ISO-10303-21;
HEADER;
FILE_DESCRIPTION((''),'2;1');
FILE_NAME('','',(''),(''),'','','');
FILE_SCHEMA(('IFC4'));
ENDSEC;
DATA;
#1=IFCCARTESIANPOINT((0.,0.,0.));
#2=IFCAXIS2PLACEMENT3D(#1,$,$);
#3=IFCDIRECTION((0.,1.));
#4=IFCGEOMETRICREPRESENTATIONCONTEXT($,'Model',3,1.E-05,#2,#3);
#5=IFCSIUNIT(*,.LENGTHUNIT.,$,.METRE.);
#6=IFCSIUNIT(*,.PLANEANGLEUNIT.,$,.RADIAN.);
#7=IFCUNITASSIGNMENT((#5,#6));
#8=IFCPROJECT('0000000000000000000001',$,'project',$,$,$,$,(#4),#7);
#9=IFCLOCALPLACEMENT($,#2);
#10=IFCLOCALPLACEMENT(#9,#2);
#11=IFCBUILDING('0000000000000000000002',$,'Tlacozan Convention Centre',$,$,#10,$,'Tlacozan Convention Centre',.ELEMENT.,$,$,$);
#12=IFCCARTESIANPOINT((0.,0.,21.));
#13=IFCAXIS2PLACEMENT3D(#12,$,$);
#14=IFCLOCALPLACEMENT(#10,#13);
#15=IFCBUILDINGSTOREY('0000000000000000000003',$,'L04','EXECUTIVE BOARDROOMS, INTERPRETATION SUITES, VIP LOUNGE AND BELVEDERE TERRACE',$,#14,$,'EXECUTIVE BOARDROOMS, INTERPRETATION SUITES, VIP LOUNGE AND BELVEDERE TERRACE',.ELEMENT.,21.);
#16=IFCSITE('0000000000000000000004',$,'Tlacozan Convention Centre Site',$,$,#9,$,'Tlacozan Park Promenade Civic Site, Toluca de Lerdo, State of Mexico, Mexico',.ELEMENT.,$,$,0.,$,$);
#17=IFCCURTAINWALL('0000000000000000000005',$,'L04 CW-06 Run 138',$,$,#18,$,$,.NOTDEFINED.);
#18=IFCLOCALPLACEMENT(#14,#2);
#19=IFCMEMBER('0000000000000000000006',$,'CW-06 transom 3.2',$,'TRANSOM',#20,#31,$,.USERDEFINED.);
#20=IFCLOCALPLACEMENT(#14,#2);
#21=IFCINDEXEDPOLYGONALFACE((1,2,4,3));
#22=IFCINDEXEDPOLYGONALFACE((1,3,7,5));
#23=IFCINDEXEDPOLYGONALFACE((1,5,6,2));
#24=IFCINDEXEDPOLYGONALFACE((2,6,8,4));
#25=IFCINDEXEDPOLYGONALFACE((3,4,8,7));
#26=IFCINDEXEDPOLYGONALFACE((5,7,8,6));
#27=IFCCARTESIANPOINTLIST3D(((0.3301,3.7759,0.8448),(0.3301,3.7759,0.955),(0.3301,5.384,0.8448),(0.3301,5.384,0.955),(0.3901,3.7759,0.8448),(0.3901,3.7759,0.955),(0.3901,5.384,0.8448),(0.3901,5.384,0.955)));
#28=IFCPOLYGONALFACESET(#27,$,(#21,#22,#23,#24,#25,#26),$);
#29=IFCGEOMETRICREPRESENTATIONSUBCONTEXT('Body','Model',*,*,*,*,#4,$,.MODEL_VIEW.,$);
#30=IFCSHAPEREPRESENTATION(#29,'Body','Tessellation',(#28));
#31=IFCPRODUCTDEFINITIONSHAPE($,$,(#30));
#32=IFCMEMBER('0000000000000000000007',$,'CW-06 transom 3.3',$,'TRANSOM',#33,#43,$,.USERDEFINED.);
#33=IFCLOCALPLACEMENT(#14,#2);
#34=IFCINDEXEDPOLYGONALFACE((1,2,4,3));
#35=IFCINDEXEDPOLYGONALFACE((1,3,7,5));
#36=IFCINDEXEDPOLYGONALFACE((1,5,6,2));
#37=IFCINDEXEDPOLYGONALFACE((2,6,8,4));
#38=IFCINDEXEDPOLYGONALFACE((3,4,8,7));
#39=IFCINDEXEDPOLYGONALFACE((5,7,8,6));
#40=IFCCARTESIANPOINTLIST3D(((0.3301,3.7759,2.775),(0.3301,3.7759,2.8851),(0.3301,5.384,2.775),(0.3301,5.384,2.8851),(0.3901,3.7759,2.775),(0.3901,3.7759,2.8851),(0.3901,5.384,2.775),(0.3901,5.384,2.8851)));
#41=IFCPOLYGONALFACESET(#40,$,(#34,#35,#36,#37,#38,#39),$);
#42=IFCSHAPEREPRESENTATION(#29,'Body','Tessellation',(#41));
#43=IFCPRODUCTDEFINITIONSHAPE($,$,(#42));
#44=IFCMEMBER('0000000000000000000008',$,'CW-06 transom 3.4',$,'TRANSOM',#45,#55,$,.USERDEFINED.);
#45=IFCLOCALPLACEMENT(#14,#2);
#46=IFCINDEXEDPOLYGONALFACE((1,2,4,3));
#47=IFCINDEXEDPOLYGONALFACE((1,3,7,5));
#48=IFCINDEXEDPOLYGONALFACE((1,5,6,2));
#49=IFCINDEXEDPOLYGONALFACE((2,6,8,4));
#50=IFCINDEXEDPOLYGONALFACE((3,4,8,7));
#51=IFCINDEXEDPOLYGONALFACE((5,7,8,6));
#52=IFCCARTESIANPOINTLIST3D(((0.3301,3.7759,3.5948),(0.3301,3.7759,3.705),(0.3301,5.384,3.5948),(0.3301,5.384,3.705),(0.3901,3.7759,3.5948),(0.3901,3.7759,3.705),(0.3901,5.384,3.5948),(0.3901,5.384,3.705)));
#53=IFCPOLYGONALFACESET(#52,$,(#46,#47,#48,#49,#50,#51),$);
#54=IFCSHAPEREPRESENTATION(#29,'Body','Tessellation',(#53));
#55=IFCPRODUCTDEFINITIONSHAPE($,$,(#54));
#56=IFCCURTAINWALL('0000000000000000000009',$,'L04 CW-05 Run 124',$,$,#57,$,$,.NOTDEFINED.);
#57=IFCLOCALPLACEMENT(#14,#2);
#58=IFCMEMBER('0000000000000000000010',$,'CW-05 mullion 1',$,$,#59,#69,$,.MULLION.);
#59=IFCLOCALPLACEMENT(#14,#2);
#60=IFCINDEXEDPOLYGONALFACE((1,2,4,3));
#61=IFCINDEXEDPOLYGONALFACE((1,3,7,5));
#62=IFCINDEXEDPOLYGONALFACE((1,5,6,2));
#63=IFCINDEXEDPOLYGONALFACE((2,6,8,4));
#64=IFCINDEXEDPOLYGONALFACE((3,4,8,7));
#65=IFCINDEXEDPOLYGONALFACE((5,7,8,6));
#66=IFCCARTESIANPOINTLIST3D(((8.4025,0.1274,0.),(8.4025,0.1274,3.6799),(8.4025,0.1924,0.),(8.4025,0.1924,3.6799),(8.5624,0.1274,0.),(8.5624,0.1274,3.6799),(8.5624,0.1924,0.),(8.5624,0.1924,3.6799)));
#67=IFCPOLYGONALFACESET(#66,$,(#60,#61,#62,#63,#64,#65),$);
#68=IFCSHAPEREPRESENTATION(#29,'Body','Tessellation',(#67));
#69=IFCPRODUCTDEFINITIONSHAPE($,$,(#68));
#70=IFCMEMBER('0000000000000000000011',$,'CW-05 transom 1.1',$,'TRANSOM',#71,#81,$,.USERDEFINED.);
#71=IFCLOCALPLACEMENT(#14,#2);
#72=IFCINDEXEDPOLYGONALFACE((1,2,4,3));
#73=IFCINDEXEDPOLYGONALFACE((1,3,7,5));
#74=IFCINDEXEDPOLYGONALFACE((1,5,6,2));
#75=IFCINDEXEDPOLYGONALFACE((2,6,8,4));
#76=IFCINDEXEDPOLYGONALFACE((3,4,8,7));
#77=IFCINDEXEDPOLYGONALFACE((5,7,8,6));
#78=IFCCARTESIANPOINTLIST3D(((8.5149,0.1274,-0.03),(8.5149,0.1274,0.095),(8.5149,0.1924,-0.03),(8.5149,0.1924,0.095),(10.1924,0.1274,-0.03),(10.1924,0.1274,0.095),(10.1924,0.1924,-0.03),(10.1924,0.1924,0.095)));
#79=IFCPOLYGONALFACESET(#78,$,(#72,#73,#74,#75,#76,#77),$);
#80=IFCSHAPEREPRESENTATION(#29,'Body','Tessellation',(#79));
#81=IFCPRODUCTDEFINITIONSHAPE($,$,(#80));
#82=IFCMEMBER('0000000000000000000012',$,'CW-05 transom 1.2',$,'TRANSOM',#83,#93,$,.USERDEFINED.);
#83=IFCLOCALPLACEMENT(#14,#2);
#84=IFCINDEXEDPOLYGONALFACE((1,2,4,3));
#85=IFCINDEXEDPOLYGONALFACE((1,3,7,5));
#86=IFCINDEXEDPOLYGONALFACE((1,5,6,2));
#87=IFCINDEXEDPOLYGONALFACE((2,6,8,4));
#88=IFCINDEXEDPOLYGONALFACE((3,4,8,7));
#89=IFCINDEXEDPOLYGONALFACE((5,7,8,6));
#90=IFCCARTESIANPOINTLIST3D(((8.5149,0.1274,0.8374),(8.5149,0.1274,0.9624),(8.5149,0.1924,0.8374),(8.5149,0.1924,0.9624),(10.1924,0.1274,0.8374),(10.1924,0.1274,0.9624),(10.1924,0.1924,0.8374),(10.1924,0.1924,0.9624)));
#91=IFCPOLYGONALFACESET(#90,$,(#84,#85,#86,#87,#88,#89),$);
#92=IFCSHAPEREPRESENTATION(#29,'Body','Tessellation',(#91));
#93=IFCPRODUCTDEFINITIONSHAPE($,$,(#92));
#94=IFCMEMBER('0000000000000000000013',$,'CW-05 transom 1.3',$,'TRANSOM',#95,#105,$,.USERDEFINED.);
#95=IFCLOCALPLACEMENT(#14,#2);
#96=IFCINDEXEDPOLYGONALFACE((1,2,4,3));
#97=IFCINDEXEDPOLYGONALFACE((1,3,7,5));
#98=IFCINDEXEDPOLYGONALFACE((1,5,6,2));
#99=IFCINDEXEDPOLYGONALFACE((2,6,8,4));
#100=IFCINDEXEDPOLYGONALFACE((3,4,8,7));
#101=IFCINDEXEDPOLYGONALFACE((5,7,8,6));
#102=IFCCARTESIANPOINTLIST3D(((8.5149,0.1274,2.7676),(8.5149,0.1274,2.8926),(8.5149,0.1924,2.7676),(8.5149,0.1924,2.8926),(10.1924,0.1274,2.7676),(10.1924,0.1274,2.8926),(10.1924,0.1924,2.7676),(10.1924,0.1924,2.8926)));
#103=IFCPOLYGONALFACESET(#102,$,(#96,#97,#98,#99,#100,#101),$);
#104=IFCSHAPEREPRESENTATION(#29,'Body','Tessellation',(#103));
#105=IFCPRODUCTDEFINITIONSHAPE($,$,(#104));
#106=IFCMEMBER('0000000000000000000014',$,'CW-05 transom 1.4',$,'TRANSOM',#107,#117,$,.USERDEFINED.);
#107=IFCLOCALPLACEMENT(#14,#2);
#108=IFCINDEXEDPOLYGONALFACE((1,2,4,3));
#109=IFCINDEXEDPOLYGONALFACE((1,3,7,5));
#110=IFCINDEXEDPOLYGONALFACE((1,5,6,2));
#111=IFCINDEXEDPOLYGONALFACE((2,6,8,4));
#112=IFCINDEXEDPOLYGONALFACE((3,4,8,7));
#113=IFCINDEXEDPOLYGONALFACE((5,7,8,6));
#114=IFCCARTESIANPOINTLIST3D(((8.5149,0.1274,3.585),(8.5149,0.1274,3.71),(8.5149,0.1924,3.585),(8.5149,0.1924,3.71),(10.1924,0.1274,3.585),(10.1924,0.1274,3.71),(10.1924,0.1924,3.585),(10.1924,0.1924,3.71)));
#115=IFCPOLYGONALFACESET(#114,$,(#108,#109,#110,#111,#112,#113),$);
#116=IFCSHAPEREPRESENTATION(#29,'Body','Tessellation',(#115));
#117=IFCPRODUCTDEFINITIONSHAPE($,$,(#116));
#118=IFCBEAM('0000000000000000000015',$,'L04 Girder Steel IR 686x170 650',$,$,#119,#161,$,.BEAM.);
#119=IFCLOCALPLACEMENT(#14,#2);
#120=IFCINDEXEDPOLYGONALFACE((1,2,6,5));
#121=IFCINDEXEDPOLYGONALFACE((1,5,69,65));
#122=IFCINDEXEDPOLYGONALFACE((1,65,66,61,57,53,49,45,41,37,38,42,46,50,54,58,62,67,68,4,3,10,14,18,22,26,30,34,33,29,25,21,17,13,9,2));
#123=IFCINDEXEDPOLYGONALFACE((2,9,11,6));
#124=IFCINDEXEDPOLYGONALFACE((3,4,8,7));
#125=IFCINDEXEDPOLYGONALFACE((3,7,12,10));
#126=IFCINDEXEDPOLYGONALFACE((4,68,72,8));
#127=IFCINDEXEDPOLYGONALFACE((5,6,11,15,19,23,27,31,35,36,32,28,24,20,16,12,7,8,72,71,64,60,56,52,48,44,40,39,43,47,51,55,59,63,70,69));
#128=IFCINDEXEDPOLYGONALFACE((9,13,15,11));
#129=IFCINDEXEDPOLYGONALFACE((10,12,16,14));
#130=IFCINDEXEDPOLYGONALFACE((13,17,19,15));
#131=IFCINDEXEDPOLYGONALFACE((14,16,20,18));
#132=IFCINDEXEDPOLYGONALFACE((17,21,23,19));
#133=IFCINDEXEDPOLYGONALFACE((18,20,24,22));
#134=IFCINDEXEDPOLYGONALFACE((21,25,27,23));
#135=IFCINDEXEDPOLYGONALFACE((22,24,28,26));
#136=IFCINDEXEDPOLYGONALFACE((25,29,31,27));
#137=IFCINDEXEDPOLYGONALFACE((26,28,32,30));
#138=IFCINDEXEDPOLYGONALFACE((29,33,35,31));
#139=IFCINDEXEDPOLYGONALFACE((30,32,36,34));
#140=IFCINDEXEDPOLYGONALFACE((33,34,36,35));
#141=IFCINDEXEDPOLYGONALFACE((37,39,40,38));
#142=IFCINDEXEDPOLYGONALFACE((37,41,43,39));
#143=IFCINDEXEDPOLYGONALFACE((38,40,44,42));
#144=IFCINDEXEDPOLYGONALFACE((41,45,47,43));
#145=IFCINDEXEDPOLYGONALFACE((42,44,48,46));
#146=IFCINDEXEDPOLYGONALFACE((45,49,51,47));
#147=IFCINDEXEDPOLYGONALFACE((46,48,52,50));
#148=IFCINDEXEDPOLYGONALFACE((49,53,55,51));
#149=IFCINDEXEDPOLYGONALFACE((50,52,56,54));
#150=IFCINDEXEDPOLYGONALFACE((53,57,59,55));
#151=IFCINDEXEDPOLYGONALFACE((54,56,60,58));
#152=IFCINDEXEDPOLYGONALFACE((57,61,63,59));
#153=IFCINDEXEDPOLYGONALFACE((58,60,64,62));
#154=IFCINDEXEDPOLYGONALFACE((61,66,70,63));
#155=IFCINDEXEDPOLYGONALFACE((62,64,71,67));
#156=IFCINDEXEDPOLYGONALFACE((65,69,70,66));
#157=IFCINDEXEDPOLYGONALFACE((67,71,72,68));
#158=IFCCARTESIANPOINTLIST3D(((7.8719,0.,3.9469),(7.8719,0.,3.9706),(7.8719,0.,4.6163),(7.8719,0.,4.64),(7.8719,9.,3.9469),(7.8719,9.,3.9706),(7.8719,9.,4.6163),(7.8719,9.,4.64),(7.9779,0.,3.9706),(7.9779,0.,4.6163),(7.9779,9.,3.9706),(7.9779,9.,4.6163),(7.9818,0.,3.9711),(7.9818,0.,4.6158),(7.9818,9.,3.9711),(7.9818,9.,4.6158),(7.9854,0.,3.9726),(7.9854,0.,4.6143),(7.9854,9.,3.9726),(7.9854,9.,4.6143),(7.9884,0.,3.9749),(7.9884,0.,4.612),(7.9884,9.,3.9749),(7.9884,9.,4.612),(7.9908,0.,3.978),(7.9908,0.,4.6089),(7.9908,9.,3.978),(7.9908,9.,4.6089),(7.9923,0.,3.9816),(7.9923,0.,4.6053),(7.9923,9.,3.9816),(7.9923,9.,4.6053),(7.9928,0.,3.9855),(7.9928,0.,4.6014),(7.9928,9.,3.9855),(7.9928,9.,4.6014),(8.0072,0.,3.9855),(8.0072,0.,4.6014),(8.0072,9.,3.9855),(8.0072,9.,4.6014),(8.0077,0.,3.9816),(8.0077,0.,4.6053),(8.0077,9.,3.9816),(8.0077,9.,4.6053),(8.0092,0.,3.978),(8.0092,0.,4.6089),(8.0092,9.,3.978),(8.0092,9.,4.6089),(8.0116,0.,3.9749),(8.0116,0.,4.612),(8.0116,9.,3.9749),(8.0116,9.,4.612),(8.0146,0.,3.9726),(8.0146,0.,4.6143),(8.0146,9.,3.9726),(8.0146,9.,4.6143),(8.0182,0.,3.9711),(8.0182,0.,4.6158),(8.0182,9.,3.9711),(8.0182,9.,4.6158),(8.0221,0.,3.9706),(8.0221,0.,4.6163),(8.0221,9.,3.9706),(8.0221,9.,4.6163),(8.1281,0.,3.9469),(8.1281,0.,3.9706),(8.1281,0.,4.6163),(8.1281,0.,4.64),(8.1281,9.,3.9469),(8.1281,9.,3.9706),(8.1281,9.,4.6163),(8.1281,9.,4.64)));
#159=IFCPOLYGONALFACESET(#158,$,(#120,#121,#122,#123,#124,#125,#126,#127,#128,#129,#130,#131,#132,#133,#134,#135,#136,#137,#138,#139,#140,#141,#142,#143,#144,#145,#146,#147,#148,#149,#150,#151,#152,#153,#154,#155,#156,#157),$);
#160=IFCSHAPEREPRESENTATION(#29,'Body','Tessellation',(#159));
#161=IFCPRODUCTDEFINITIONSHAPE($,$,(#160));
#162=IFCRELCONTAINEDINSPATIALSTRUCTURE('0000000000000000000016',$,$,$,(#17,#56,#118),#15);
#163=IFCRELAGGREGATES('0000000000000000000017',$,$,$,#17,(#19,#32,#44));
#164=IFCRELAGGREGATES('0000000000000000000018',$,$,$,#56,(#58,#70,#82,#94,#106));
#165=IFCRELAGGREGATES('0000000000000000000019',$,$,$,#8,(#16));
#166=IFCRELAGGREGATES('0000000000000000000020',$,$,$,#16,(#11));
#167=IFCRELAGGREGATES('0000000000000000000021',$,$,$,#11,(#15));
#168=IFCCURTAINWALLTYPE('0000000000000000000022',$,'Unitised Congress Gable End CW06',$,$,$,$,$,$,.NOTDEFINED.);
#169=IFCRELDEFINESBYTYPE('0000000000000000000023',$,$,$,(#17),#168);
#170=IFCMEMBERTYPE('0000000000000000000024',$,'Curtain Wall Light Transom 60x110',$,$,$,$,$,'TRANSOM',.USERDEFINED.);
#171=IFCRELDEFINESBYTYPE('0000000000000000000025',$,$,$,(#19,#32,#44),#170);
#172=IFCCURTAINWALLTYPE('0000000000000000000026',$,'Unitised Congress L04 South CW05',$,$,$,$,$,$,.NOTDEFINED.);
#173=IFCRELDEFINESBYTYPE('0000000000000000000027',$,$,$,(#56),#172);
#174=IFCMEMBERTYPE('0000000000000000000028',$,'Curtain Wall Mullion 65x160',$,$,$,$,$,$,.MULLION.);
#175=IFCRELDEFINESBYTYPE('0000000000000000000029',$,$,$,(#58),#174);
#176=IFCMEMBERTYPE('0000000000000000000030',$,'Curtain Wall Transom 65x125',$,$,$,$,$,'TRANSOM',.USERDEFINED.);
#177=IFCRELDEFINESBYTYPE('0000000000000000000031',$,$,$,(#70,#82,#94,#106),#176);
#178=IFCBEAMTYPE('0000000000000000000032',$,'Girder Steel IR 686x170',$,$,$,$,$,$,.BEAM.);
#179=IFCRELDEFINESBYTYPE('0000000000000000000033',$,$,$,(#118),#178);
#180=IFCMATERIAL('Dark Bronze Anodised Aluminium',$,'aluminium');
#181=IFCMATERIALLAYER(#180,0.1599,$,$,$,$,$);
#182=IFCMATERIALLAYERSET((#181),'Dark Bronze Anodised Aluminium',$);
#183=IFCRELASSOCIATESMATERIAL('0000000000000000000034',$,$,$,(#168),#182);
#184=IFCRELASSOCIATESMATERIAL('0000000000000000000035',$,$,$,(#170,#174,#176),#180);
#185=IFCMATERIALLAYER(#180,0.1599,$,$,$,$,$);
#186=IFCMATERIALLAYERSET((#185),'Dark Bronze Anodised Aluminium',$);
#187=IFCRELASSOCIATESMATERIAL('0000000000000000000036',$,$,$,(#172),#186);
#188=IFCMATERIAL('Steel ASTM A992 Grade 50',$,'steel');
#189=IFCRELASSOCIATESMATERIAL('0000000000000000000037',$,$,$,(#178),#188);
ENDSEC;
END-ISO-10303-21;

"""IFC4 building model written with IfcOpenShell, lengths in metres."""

from ifc_helpers import new_model, si_unit, direction, frame, origin, origin_2d, place, context, subcontext, project, spatial, rectangle, i_section, extrude, material, layer, layer_set, material_profile, profile_set, type_object, element, aggregate, save


model = new_model("IFC4")

# Units and contexts
model_context = context("Model", 3, precision=1e-05, world=origin(), true_north=direction((0.0, 1.0)))
body_context = subcontext(model_context, "Body", "Model", "MODEL_VIEW")
ifc_project = project(units=[si_unit("LENGTHUNIT", "METRE"), si_unit("PLANEANGLEUNIT", "RADIAN")], contexts=[model_context])

# Site, building, storey
site_placement = place(None, origin())
site = spatial("IfcSite", under=ifc_project, at=site_placement, Name="Tlacozan Convention Centre Site", LongName="Tlacozan Park Promenade Civic Site, Toluca de Lerdo, State of Mexico, Mexico", CompositionType="ELEMENT", RefElevation=0.0)
building_placement = place(site_placement, origin())
building = spatial("IfcBuilding", under=site, at=building_placement, Name="Tlacozan Convention Centre", LongName="Tlacozan Convention Centre", CompositionType="ELEMENT")
storey_placement = place(building_placement, frame((0.0, 0.0, 21.0)))
storey = spatial("IfcBuildingStorey", under=building, at=storey_placement, Name="L04", Description="EXECUTIVE BOARDROOMS, INTERPRETATION SUITES, VIP LOUNGE AND BELVEDERE TERRACE", LongName="EXECUTIVE BOARDROOMS, INTERPRETATION SUITES, VIP LOUNGE AND BELVEDERE TERRACE", CompositionType="ELEMENT", Elevation=21.0)

# Shared definitions
ifc_material_1 = material(Name="Steel ASTM A992 Grade 50", Category="steel")

# Curtain walls, members
ifc_material_2 = material(Name="Dark Bronze Anodised Aluminium", Category="aluminium")
ifc_layer_1 = layer(ifc_material_2, 0.1599)
ifc_layer_set_1 = layer_set([ifc_layer_1], Name="Dark Bronze Anodised Aluminium")
curtain_wall_type_1 = type_object("IfcCurtainWallType", Name="Unitised Congress Gable End CW06", PredefinedType="NOTDEFINED", material=ifc_layer_set_1)
curtain_wall_1_placement = place(storey_placement, origin())
curtain_wall_1 = element("IfcCurtainWall", 1, at=curtain_wall_1_placement, inside=storey, type_object=curtain_wall_type_1, Name="L04 CW-06 Run 138", PredefinedType="NOTDEFINED")
ifc_material_profile_1 = material_profile(ifc_material_2, rectangle(XDim=0.0601, YDim=0.1101, at=origin_2d()), Name="ALU 60x110")
ifc_profile_set_1 = profile_set([ifc_material_profile_1], Name="Dark Bronze Anodised Aluminium")
member_type_1 = type_object("IfcMemberType", Name="Curtain Wall Light Transom 60x110", ElementType="TRANSOM", PredefinedType="USERDEFINED", material=ifc_profile_set_1)
member_1_placement = place(storey_placement, frame((0.3601, 3.7759, 0.8999), z_axis=(0.0, 1.0, 0.0), x_axis=(-1.0, 0.0, 0.0)))
member_1 = element("IfcMember", 2, at=member_1_placement, type_object=member_type_1, Name="CW-06 transom 3.2", ObjectType="TRANSOM", PredefinedType="USERDEFINED", context=body_context, shape_type="SweptSolid", body=[
    extrude(rectangle(XDim=0.0601, YDim=0.1101, at=origin_2d()), origin(), (0.0, 0.0, 1.0), 1.6082),
])
member_2_placement = place(storey_placement, frame((0.3601, 3.7759, 2.8301), z_axis=(0.0, 1.0, 0.0), x_axis=(-1.0, 0.0, 0.0)))
member_2 = element("IfcMember", 3, at=member_2_placement, type_object=member_type_1, Name="CW-06 transom 3.3", ObjectType="TRANSOM", PredefinedType="USERDEFINED", context=body_context, shape_type="SweptSolid", body=[
    extrude(rectangle(XDim=0.0601, YDim=0.1101, at=origin_2d()), origin(), (0.0, 0.0, 1.0), 1.6082),
])
member_3_placement = place(storey_placement, frame((0.3601, 3.7759, 3.6499), z_axis=(0.0, 1.0, 0.0), x_axis=(-1.0, 0.0, 0.0)))
member_3 = element("IfcMember", 4, at=member_3_placement, type_object=member_type_1, Name="CW-06 transom 3.4", ObjectType="TRANSOM", PredefinedType="USERDEFINED", context=body_context, shape_type="SweptSolid", body=[
    extrude(rectangle(XDim=0.0601, YDim=0.1101, at=origin_2d()), origin(), (0.0, 0.0, 1.0), 1.6082),
])
ifc_layer_2 = layer(ifc_material_2, 0.1599)
ifc_layer_set_2 = layer_set([ifc_layer_2], Name="Dark Bronze Anodised Aluminium")
curtain_wall_type_2 = type_object("IfcCurtainWallType", Name="Unitised Congress L04 South CW05", PredefinedType="NOTDEFINED", material=ifc_layer_set_2)
curtain_wall_2_placement = place(storey_placement, origin())
curtain_wall_2 = element("IfcCurtainWall", 5, at=curtain_wall_2_placement, inside=storey, type_object=curtain_wall_type_2, Name="L04 CW-05 Run 124", PredefinedType="NOTDEFINED")
ifc_material_profile_2 = material_profile(ifc_material_2, rectangle(XDim=0.0649, YDim=0.1599, at=origin_2d()), Name="ALU 65x160")
ifc_profile_set_2 = profile_set([ifc_material_profile_2], Name="Dark Bronze Anodised Aluminium")
member_type_2 = type_object("IfcMemberType", Name="Curtain Wall Mullion 65x160", PredefinedType="MULLION", material=ifc_profile_set_2)
member_4_placement = place(storey_placement, frame((8.4824, 0.1599, 0.0), z_axis=(0.0, 0.0, 1.0), x_axis=(0.0, 1.0, 0.0)))
member_4 = element("IfcMember", 6, at=member_4_placement, type_object=member_type_2, Name="CW-05 mullion 1", PredefinedType="MULLION", context=body_context, shape_type="SweptSolid", body=[
    extrude(rectangle(XDim=0.0649, YDim=0.1599, at=origin_2d()), origin(), (0.0, 0.0, 1.0), 3.6799),
])
ifc_material_profile_3 = material_profile(ifc_material_2, rectangle(XDim=0.0649, YDim=0.125, at=origin_2d()), Name="ALU 65x125")
ifc_profile_set_3 = profile_set([ifc_material_profile_3], Name="Dark Bronze Anodised Aluminium")
member_type_3 = type_object("IfcMemberType", Name="Curtain Wall Transom 65x125", ElementType="TRANSOM", PredefinedType="USERDEFINED", material=ifc_profile_set_3)
member_5_placement = place(storey_placement, frame((8.5149, 0.1599, 0.0325), z_axis=(1.0, 0.0, 0.0), x_axis=(0.0, 1.0, 0.0)))
member_5 = element("IfcMember", 7, at=member_5_placement, type_object=member_type_3, Name="CW-05 transom 1.1", ObjectType="TRANSOM", PredefinedType="USERDEFINED", context=body_context, shape_type="SweptSolid", body=[
    extrude(rectangle(XDim=0.0649, YDim=0.125, at=origin_2d()), origin(), (0.0, 0.0, 1.0), 1.6775),
])
member_6_placement = place(storey_placement, frame((8.5149, 0.1599, 0.8999), z_axis=(1.0, 0.0, 0.0), x_axis=(0.0, 1.0, 0.0)))
member_6 = element("IfcMember", 8, at=member_6_placement, type_object=member_type_3, Name="CW-05 transom 1.2", ObjectType="TRANSOM", PredefinedType="USERDEFINED", context=body_context, shape_type="SweptSolid", body=[
    extrude(rectangle(XDim=0.0649, YDim=0.125, at=origin_2d()), origin(), (0.0, 0.0, 1.0), 1.6775),
])
member_7_placement = place(storey_placement, frame((8.5149, 0.1599, 2.8301), z_axis=(1.0, 0.0, 0.0), x_axis=(0.0, 1.0, 0.0)))
member_7 = element("IfcMember", 9, at=member_7_placement, type_object=member_type_3, Name="CW-05 transom 1.3", ObjectType="TRANSOM", PredefinedType="USERDEFINED", context=body_context, shape_type="SweptSolid", body=[
    extrude(rectangle(XDim=0.0649, YDim=0.125, at=origin_2d()), origin(), (0.0, 0.0, 1.0), 1.6775),
])
member_8_placement = place(storey_placement, frame((8.5149, 0.1599, 3.6475), z_axis=(1.0, 0.0, 0.0), x_axis=(0.0, 1.0, 0.0)))
member_8 = element("IfcMember", 10, at=member_8_placement, type_object=member_type_3, Name="CW-05 transom 1.4", ObjectType="TRANSOM", PredefinedType="USERDEFINED", context=body_context, shape_type="SweptSolid", body=[
    extrude(rectangle(XDim=0.0649, YDim=0.125, at=origin_2d()), origin(), (0.0, 0.0, 1.0), 1.6775),
])

# Beam
ifc_material_profile_4 = material_profile(ifc_material_1, i_section(OverallWidth=0.2561, OverallDepth=0.6931, WebThickness=0.0144, FlangeThickness=0.0237, FilletRadius=0.0149, at=origin_2d()), Name="IR 686x170.0")
ifc_profile_set_4 = profile_set([ifc_material_profile_4], Name="Steel ASTM A992 Grade 50")
beam_type_1 = type_object("IfcBeamType", Name="Girder Steel IR 686x170", PredefinedType="BEAM", material=ifc_profile_set_4)
beam_1_placement = place(storey_placement, frame((8.0, 0.0, 4.2935), z_axis=(0.0, 1.0, 0.0), x_axis=(-1.0, 0.0, 0.0)))
element("IfcBeam", 11, at=beam_1_placement, inside=storey, type_object=beam_type_1, Name="L04 Girder Steel IR 686x170 650", PredefinedType="BEAM", context=body_context, shape_type="SweptSolid", body=[
    extrude(i_section(OverallWidth=0.2561, OverallDepth=0.6931, WebThickness=0.0144, FlangeThickness=0.0237, FilletRadius=0.0149, at=origin_2d()), origin(), (0.0, 0.0, 1.0), 9.0),
])

aggregate(curtain_wall_1, [member_1, member_2, member_3])
aggregate(curtain_wall_2, [member_4, member_5, member_6, member_7, member_8])

save(model, "model.ifc")
